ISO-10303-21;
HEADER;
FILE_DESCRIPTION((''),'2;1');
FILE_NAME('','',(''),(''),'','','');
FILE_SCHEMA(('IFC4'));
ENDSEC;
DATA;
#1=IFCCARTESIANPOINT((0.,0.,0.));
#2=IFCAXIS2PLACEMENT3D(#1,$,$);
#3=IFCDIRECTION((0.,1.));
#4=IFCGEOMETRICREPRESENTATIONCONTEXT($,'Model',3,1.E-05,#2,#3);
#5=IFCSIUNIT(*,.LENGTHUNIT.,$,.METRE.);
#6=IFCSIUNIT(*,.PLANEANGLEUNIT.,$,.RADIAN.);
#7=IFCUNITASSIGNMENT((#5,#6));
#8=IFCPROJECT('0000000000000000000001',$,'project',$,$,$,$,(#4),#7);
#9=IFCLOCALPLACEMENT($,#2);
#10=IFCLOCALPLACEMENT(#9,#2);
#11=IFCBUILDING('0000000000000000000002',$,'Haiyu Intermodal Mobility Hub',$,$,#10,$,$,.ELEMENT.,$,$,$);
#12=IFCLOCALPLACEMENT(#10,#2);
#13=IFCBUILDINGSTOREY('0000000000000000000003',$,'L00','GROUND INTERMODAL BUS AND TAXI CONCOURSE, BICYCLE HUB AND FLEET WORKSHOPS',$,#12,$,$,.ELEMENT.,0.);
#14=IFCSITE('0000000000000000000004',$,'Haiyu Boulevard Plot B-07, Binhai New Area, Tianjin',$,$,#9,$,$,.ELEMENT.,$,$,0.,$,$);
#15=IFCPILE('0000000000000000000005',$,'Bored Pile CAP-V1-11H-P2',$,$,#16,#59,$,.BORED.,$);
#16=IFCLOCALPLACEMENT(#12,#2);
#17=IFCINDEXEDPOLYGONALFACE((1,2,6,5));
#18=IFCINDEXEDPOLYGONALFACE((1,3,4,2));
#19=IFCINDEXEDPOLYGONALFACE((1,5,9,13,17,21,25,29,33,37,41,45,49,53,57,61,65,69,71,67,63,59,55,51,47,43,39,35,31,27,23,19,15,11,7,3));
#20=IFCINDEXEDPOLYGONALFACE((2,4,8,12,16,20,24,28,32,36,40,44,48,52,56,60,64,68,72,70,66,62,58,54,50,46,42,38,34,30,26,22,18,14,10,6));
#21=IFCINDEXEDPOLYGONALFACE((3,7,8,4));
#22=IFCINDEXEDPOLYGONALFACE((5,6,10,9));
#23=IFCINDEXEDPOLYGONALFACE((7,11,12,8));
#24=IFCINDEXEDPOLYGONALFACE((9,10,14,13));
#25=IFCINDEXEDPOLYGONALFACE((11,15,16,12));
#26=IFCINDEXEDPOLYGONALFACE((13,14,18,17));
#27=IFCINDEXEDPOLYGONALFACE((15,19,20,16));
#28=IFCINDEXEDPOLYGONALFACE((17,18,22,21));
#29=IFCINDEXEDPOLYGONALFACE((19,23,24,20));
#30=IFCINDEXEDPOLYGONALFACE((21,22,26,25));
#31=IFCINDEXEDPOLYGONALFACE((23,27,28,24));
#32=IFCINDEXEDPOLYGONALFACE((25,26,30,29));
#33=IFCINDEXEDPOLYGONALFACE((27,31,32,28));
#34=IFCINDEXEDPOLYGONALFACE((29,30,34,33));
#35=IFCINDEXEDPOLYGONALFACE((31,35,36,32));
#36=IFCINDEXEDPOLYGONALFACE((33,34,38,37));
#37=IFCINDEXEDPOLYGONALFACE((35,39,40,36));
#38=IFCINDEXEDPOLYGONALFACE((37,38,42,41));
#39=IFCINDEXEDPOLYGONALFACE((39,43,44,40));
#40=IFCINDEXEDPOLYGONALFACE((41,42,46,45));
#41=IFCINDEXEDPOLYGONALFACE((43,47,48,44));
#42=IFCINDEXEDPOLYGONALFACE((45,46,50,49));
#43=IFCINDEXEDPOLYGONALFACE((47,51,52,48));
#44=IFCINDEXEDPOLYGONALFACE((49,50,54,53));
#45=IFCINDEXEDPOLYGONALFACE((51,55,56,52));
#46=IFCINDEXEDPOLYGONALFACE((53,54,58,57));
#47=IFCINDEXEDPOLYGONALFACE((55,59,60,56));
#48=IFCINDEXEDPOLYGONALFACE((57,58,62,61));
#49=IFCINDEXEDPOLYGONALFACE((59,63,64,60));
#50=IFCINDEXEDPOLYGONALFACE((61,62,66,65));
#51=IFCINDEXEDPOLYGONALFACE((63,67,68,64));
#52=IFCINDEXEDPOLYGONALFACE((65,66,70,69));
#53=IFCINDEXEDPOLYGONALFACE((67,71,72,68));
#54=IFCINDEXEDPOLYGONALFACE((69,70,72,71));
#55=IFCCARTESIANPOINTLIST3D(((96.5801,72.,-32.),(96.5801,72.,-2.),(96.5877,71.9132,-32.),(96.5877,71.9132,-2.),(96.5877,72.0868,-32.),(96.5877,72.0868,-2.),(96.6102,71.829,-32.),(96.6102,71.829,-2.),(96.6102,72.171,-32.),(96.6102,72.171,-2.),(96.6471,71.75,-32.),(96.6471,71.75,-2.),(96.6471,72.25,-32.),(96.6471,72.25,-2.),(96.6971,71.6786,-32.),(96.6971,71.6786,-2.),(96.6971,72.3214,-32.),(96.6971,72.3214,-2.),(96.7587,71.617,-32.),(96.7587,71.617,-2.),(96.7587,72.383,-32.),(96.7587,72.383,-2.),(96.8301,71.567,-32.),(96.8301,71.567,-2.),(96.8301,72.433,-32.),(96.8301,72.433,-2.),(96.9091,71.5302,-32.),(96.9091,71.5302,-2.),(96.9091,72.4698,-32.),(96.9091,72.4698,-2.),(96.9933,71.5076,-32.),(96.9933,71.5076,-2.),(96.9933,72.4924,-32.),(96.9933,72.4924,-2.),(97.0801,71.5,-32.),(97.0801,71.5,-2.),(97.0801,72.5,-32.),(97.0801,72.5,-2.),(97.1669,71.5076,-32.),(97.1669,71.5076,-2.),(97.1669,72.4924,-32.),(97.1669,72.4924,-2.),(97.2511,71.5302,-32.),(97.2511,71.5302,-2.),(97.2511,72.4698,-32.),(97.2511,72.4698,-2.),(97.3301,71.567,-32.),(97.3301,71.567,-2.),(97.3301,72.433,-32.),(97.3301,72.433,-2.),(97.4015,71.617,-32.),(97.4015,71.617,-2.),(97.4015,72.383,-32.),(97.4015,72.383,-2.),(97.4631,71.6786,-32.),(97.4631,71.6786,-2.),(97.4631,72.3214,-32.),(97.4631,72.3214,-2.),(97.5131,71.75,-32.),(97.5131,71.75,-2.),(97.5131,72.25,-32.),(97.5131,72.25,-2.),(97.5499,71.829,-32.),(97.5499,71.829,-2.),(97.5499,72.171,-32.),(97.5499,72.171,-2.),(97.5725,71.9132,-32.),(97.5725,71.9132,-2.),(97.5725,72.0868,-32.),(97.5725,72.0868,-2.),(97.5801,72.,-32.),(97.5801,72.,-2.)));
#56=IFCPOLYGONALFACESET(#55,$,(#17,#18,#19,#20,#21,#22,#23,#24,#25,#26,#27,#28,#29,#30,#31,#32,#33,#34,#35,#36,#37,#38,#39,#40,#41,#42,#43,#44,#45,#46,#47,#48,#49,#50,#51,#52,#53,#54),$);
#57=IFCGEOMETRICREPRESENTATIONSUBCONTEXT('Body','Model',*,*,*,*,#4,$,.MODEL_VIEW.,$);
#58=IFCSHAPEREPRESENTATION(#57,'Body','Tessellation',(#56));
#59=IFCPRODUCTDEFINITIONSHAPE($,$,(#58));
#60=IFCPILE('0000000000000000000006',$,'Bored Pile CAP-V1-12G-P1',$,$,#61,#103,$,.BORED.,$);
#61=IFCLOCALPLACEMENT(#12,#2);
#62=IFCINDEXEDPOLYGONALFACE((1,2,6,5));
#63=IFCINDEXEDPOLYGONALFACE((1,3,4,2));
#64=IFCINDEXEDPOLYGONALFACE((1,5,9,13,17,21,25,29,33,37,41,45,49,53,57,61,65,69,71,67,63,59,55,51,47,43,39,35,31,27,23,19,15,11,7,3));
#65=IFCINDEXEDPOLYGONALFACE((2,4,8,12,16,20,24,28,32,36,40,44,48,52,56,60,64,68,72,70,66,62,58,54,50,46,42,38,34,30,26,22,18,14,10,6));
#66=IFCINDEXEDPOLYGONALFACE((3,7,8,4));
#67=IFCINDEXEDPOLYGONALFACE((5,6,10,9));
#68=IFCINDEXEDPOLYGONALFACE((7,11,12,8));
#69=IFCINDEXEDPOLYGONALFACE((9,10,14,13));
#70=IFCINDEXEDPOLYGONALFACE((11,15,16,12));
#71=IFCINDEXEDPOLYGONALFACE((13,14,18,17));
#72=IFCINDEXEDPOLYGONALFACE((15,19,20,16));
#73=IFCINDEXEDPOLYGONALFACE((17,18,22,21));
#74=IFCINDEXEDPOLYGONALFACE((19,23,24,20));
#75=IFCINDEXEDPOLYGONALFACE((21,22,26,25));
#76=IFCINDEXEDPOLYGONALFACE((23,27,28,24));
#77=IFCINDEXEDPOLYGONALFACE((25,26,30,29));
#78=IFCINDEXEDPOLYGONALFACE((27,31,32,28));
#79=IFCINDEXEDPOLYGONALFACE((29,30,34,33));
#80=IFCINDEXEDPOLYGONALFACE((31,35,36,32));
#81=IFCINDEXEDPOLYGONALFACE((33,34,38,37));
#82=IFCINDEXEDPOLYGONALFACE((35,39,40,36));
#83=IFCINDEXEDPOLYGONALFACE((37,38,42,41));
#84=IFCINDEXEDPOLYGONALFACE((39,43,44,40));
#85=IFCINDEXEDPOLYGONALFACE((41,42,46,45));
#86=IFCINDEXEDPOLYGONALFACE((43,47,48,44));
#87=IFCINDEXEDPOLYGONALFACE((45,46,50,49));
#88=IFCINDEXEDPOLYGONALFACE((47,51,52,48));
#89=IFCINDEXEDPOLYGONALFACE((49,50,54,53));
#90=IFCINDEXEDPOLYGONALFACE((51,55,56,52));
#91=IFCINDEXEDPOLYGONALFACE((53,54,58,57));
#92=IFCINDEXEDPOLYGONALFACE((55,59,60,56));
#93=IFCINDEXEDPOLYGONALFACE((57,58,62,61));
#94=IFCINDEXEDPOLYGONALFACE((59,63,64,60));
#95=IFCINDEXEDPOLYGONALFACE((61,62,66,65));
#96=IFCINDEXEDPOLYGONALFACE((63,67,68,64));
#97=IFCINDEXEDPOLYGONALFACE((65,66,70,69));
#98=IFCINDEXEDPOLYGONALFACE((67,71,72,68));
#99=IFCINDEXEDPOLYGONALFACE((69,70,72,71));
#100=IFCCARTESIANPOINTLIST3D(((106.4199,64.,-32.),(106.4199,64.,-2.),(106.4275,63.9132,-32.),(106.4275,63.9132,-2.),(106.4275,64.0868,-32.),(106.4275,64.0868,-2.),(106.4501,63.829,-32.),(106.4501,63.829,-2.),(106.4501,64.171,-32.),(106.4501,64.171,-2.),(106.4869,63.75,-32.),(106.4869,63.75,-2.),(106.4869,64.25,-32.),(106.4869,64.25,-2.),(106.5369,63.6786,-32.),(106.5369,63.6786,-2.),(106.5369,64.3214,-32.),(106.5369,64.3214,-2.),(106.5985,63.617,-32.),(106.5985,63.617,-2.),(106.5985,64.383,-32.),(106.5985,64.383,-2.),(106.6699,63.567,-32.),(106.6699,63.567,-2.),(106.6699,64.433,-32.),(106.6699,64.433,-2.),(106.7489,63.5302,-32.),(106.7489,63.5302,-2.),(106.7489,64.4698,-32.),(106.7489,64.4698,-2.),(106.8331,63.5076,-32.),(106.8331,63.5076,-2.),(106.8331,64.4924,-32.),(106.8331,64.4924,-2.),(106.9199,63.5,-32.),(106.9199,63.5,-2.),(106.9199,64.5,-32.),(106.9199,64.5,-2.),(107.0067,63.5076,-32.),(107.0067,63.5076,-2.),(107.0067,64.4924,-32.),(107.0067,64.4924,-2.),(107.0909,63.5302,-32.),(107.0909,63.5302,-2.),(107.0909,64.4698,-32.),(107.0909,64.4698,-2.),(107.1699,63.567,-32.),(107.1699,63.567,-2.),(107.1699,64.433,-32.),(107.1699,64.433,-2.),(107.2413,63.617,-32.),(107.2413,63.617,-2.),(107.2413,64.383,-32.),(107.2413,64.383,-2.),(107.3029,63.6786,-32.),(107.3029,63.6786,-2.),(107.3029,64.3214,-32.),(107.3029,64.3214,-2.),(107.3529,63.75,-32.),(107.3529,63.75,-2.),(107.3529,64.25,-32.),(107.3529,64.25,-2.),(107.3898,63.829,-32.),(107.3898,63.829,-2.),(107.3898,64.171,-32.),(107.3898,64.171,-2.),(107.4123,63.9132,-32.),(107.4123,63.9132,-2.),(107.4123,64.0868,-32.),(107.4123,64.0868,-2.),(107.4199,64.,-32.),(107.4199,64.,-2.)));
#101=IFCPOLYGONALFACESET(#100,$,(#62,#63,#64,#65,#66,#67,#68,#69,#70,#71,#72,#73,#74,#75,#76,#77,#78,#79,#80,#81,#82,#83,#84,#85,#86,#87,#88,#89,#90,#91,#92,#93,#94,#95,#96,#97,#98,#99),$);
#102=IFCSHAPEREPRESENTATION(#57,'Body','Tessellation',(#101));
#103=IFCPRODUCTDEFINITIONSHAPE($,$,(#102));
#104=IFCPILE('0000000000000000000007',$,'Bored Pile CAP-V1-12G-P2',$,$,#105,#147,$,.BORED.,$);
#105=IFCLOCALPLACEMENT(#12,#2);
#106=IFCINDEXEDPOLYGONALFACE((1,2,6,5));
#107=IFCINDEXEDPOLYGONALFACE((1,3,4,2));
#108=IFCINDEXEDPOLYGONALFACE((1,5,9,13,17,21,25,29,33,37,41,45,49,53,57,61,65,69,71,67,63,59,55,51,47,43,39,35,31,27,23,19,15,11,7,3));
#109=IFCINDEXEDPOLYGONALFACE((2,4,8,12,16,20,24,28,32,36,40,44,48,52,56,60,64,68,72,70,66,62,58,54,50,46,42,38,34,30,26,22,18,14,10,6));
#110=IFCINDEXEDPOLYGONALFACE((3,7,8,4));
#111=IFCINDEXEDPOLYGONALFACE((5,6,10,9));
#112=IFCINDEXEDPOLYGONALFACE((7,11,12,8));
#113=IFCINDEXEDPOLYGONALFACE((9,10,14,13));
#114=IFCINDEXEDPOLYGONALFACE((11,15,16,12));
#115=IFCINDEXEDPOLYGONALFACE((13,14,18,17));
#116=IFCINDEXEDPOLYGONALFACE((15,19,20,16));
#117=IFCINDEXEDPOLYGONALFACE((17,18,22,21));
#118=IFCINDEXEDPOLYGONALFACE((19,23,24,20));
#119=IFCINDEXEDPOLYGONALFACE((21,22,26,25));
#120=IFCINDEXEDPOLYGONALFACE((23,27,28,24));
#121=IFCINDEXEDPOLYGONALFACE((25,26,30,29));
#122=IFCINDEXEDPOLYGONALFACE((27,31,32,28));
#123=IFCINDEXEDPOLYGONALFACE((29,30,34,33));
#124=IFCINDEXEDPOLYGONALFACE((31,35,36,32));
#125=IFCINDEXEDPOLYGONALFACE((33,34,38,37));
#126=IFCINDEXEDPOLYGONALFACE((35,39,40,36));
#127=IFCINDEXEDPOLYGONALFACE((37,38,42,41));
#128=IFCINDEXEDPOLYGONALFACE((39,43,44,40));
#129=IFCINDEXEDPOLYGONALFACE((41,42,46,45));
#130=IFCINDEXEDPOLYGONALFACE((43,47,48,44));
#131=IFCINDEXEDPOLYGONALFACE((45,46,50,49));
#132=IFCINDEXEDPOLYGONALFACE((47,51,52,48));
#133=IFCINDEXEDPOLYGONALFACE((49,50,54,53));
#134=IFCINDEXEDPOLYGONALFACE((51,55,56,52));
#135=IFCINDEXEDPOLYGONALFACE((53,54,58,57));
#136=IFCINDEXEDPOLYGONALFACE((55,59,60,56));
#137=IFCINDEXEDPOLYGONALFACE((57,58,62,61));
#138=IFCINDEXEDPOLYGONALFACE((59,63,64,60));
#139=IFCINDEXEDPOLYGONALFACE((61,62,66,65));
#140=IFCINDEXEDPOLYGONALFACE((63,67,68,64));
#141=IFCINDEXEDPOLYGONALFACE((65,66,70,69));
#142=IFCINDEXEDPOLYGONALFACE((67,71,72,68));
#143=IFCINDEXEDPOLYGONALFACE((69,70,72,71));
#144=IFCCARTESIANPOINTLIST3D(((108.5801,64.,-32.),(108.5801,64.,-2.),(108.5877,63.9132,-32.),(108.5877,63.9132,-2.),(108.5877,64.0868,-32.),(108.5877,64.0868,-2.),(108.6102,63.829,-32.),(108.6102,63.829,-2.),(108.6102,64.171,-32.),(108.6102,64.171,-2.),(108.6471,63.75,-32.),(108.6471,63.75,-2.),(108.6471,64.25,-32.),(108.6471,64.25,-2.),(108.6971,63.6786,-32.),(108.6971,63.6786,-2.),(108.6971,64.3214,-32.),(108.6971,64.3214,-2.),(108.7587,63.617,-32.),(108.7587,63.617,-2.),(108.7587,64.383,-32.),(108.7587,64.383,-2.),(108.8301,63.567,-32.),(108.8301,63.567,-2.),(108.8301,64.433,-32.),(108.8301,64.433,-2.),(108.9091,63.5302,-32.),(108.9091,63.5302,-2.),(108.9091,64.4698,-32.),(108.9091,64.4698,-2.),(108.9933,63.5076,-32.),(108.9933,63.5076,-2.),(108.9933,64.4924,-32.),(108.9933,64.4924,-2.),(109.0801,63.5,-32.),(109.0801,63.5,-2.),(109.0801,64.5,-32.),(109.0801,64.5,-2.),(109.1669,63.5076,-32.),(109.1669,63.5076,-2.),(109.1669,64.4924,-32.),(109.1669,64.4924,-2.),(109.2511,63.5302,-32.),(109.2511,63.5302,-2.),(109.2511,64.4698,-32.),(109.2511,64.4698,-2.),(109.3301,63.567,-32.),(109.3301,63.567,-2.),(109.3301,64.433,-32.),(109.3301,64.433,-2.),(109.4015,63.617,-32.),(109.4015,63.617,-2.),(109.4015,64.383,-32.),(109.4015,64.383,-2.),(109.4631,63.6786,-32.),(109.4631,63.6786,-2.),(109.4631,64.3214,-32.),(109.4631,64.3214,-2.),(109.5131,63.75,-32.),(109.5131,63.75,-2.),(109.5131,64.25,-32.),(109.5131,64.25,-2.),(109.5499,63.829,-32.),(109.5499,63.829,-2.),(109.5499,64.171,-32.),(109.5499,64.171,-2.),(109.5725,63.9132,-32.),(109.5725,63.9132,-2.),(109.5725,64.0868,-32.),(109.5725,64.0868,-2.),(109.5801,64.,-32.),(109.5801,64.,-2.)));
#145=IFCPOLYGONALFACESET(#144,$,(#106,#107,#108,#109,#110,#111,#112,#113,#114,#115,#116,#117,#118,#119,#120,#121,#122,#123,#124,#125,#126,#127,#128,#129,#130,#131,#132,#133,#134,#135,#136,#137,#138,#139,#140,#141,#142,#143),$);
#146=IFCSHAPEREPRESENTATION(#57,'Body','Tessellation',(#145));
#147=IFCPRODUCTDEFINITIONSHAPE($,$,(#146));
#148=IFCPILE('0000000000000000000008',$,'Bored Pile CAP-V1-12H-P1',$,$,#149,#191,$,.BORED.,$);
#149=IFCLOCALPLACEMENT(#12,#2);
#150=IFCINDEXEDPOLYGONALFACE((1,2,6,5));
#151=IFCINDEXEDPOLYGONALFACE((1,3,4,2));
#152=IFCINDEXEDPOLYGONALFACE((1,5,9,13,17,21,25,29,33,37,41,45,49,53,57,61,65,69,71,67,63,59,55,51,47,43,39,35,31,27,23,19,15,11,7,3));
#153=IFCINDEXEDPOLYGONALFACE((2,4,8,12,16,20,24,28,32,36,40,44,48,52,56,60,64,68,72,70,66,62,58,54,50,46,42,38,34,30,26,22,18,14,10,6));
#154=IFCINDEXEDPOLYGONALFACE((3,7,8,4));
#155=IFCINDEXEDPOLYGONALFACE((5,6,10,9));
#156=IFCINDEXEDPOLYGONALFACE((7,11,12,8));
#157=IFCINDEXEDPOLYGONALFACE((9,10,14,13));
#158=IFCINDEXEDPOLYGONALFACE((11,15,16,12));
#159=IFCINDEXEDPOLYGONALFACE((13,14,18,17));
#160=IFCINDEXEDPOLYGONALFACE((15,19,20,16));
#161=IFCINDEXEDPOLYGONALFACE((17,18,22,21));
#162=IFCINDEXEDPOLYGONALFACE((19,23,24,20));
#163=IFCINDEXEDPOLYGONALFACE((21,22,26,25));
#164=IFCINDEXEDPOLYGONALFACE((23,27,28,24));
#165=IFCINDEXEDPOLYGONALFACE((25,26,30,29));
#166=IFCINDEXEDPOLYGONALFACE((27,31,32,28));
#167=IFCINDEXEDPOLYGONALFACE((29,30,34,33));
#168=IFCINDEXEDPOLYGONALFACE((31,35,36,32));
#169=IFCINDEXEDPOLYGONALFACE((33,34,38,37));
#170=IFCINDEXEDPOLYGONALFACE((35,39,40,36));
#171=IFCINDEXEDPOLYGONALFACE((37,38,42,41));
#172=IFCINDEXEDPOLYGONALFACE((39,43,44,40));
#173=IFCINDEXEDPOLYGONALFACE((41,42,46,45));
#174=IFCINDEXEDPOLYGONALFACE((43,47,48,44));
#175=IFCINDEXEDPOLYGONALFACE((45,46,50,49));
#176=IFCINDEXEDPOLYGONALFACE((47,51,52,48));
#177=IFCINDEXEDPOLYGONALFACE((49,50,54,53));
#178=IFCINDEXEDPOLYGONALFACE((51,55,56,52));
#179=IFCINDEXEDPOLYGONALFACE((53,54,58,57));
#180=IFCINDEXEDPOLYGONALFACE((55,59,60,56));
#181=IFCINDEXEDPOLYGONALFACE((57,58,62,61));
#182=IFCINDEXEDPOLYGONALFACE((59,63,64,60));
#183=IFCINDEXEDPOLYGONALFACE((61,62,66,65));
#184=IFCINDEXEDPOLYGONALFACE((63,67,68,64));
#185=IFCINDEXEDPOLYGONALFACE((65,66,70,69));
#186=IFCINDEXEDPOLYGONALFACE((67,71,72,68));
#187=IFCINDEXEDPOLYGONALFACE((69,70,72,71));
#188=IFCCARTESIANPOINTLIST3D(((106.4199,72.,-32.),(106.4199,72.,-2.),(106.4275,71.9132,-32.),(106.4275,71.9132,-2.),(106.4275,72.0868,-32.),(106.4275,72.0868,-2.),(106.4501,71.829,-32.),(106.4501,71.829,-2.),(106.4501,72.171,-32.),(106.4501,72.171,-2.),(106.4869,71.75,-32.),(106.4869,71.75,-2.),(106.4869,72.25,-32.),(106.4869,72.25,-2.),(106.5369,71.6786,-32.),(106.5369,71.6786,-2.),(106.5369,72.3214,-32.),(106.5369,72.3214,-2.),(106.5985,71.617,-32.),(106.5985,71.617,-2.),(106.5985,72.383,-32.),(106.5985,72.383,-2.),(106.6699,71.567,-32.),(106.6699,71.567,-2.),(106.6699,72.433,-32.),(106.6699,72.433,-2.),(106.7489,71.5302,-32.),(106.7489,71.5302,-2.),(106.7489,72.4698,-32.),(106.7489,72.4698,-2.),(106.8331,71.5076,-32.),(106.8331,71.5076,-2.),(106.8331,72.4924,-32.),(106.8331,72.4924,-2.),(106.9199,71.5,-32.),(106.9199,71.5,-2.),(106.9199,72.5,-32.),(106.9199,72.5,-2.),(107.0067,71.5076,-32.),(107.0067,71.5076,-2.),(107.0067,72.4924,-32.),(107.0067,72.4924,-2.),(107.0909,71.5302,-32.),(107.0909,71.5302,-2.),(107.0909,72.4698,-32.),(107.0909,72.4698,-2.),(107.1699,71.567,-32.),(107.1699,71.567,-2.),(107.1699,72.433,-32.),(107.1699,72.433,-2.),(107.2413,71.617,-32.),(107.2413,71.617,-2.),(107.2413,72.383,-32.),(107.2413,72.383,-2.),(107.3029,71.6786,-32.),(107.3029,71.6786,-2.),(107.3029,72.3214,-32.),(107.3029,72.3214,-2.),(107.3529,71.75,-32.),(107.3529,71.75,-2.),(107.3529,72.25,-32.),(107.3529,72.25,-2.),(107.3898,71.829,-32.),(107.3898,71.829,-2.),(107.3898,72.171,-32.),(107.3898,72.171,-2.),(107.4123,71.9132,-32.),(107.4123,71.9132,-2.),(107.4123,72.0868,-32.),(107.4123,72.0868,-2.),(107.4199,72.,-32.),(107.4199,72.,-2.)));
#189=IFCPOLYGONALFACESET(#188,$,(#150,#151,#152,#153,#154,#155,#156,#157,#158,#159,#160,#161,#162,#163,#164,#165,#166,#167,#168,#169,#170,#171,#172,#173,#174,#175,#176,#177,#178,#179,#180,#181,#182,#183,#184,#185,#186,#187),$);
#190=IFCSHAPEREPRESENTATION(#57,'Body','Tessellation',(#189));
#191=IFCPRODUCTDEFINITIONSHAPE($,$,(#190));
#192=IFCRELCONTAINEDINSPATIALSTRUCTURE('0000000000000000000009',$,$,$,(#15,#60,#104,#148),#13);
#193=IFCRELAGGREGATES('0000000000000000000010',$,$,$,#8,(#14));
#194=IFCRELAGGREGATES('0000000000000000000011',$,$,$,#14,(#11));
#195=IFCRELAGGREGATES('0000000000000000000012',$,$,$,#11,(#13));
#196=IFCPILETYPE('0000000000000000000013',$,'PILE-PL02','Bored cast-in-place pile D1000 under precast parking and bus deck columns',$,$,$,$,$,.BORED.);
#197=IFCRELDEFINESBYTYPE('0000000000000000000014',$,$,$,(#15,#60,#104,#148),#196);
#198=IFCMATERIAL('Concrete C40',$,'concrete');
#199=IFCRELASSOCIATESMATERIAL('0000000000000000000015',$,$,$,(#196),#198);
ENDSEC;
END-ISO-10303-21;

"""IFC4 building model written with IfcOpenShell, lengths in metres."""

from ifc_helpers import new_model, si_unit, direction, frame, origin, origin_2d, place, context, subcontext, project, spatial, circle, extrude, material, material_profile, profile_set, type_object, element, save


model = new_model("IFC4")

# Units and contexts
model_context = context("Model", 3, precision=1e-05, world=origin(), true_north=direction((0.0, 1.0)))
body_context = subcontext(model_context, "Body", "Model", "MODEL_VIEW")
ifc_project = project(units=[si_unit("LENGTHUNIT", "METRE"), si_unit("PLANEANGLEUNIT", "RADIAN")], contexts=[model_context])

# Site, building, storey
site_placement = place(None, origin())
site = spatial("IfcSite", under=ifc_project, at=site_placement, Name="Haiyu Boulevard Plot B-07, Binhai New Area, Tianjin", CompositionType="ELEMENT", RefElevation=0.0)
building_placement = place(site_placement, origin())
building = spatial("IfcBuilding", under=site, at=building_placement, Name="Haiyu Intermodal Mobility Hub", CompositionType="ELEMENT")
storey_placement = place(building_placement, origin())
storey = spatial("IfcBuildingStorey", under=building, at=storey_placement, Name="L00", Description="GROUND INTERMODAL BUS AND TAXI CONCOURSE, BICYCLE HUB AND FLEET WORKSHOPS", CompositionType="ELEMENT", Elevation=0.0)

# Shared definitions
ifc_material_1 = material(Name="Concrete C40", Category="concrete")

# Piles
ifc_material_profile_1 = material_profile(ifc_material_1, circle(Radius=0.5, at=origin_2d()), Name="PILE-D1000")
ifc_profile_set_1 = profile_set([ifc_material_profile_1], Name="Concrete C40")
pile_type = type_object("IfcPileType", Name="PILE-PL02", Description="Bored cast-in-place pile D1000 under precast parking and bus deck columns", PredefinedType="BORED", material=ifc_profile_set_1)
for number, where, z_axis, x_axis, name in (
    (1, (97.0801, 72.0, -2.0), (0.0, 0.0, -1.0), (1.0, 0.0, 0.0), "Bored Pile CAP-V1-11H-P2"),
    (2, (106.9199, 64.0, -2.0), (0.0, 0.0, -1.0), (1.0, 0.0, 0.0), "Bored Pile CAP-V1-12G-P1"),
    (3, (109.0801, 64.0, -2.0), (0.0, 0.0, -1.0), (1.0, 0.0, 0.0), "Bored Pile CAP-V1-12G-P2"),
    (4, (106.9199, 72.0, -2.0), (0.0, 0.0, -1.0), (1.0, 0.0, 0.0), "Bored Pile CAP-V1-12H-P1"),
):
    element("IfcPile", number, at=place(storey_placement, frame(where, z_axis=z_axis, x_axis=x_axis)), inside=storey, type_object=pile_type, Name=name, PredefinedType="BORED", context=body_context, shape_type="SweptSolid", body=[
        extrude(circle(Radius=0.5, at=origin_2d()), origin(), (0.0, 0.0, 1.0), 30.0),
    ])

save(model, "model.ifc")
